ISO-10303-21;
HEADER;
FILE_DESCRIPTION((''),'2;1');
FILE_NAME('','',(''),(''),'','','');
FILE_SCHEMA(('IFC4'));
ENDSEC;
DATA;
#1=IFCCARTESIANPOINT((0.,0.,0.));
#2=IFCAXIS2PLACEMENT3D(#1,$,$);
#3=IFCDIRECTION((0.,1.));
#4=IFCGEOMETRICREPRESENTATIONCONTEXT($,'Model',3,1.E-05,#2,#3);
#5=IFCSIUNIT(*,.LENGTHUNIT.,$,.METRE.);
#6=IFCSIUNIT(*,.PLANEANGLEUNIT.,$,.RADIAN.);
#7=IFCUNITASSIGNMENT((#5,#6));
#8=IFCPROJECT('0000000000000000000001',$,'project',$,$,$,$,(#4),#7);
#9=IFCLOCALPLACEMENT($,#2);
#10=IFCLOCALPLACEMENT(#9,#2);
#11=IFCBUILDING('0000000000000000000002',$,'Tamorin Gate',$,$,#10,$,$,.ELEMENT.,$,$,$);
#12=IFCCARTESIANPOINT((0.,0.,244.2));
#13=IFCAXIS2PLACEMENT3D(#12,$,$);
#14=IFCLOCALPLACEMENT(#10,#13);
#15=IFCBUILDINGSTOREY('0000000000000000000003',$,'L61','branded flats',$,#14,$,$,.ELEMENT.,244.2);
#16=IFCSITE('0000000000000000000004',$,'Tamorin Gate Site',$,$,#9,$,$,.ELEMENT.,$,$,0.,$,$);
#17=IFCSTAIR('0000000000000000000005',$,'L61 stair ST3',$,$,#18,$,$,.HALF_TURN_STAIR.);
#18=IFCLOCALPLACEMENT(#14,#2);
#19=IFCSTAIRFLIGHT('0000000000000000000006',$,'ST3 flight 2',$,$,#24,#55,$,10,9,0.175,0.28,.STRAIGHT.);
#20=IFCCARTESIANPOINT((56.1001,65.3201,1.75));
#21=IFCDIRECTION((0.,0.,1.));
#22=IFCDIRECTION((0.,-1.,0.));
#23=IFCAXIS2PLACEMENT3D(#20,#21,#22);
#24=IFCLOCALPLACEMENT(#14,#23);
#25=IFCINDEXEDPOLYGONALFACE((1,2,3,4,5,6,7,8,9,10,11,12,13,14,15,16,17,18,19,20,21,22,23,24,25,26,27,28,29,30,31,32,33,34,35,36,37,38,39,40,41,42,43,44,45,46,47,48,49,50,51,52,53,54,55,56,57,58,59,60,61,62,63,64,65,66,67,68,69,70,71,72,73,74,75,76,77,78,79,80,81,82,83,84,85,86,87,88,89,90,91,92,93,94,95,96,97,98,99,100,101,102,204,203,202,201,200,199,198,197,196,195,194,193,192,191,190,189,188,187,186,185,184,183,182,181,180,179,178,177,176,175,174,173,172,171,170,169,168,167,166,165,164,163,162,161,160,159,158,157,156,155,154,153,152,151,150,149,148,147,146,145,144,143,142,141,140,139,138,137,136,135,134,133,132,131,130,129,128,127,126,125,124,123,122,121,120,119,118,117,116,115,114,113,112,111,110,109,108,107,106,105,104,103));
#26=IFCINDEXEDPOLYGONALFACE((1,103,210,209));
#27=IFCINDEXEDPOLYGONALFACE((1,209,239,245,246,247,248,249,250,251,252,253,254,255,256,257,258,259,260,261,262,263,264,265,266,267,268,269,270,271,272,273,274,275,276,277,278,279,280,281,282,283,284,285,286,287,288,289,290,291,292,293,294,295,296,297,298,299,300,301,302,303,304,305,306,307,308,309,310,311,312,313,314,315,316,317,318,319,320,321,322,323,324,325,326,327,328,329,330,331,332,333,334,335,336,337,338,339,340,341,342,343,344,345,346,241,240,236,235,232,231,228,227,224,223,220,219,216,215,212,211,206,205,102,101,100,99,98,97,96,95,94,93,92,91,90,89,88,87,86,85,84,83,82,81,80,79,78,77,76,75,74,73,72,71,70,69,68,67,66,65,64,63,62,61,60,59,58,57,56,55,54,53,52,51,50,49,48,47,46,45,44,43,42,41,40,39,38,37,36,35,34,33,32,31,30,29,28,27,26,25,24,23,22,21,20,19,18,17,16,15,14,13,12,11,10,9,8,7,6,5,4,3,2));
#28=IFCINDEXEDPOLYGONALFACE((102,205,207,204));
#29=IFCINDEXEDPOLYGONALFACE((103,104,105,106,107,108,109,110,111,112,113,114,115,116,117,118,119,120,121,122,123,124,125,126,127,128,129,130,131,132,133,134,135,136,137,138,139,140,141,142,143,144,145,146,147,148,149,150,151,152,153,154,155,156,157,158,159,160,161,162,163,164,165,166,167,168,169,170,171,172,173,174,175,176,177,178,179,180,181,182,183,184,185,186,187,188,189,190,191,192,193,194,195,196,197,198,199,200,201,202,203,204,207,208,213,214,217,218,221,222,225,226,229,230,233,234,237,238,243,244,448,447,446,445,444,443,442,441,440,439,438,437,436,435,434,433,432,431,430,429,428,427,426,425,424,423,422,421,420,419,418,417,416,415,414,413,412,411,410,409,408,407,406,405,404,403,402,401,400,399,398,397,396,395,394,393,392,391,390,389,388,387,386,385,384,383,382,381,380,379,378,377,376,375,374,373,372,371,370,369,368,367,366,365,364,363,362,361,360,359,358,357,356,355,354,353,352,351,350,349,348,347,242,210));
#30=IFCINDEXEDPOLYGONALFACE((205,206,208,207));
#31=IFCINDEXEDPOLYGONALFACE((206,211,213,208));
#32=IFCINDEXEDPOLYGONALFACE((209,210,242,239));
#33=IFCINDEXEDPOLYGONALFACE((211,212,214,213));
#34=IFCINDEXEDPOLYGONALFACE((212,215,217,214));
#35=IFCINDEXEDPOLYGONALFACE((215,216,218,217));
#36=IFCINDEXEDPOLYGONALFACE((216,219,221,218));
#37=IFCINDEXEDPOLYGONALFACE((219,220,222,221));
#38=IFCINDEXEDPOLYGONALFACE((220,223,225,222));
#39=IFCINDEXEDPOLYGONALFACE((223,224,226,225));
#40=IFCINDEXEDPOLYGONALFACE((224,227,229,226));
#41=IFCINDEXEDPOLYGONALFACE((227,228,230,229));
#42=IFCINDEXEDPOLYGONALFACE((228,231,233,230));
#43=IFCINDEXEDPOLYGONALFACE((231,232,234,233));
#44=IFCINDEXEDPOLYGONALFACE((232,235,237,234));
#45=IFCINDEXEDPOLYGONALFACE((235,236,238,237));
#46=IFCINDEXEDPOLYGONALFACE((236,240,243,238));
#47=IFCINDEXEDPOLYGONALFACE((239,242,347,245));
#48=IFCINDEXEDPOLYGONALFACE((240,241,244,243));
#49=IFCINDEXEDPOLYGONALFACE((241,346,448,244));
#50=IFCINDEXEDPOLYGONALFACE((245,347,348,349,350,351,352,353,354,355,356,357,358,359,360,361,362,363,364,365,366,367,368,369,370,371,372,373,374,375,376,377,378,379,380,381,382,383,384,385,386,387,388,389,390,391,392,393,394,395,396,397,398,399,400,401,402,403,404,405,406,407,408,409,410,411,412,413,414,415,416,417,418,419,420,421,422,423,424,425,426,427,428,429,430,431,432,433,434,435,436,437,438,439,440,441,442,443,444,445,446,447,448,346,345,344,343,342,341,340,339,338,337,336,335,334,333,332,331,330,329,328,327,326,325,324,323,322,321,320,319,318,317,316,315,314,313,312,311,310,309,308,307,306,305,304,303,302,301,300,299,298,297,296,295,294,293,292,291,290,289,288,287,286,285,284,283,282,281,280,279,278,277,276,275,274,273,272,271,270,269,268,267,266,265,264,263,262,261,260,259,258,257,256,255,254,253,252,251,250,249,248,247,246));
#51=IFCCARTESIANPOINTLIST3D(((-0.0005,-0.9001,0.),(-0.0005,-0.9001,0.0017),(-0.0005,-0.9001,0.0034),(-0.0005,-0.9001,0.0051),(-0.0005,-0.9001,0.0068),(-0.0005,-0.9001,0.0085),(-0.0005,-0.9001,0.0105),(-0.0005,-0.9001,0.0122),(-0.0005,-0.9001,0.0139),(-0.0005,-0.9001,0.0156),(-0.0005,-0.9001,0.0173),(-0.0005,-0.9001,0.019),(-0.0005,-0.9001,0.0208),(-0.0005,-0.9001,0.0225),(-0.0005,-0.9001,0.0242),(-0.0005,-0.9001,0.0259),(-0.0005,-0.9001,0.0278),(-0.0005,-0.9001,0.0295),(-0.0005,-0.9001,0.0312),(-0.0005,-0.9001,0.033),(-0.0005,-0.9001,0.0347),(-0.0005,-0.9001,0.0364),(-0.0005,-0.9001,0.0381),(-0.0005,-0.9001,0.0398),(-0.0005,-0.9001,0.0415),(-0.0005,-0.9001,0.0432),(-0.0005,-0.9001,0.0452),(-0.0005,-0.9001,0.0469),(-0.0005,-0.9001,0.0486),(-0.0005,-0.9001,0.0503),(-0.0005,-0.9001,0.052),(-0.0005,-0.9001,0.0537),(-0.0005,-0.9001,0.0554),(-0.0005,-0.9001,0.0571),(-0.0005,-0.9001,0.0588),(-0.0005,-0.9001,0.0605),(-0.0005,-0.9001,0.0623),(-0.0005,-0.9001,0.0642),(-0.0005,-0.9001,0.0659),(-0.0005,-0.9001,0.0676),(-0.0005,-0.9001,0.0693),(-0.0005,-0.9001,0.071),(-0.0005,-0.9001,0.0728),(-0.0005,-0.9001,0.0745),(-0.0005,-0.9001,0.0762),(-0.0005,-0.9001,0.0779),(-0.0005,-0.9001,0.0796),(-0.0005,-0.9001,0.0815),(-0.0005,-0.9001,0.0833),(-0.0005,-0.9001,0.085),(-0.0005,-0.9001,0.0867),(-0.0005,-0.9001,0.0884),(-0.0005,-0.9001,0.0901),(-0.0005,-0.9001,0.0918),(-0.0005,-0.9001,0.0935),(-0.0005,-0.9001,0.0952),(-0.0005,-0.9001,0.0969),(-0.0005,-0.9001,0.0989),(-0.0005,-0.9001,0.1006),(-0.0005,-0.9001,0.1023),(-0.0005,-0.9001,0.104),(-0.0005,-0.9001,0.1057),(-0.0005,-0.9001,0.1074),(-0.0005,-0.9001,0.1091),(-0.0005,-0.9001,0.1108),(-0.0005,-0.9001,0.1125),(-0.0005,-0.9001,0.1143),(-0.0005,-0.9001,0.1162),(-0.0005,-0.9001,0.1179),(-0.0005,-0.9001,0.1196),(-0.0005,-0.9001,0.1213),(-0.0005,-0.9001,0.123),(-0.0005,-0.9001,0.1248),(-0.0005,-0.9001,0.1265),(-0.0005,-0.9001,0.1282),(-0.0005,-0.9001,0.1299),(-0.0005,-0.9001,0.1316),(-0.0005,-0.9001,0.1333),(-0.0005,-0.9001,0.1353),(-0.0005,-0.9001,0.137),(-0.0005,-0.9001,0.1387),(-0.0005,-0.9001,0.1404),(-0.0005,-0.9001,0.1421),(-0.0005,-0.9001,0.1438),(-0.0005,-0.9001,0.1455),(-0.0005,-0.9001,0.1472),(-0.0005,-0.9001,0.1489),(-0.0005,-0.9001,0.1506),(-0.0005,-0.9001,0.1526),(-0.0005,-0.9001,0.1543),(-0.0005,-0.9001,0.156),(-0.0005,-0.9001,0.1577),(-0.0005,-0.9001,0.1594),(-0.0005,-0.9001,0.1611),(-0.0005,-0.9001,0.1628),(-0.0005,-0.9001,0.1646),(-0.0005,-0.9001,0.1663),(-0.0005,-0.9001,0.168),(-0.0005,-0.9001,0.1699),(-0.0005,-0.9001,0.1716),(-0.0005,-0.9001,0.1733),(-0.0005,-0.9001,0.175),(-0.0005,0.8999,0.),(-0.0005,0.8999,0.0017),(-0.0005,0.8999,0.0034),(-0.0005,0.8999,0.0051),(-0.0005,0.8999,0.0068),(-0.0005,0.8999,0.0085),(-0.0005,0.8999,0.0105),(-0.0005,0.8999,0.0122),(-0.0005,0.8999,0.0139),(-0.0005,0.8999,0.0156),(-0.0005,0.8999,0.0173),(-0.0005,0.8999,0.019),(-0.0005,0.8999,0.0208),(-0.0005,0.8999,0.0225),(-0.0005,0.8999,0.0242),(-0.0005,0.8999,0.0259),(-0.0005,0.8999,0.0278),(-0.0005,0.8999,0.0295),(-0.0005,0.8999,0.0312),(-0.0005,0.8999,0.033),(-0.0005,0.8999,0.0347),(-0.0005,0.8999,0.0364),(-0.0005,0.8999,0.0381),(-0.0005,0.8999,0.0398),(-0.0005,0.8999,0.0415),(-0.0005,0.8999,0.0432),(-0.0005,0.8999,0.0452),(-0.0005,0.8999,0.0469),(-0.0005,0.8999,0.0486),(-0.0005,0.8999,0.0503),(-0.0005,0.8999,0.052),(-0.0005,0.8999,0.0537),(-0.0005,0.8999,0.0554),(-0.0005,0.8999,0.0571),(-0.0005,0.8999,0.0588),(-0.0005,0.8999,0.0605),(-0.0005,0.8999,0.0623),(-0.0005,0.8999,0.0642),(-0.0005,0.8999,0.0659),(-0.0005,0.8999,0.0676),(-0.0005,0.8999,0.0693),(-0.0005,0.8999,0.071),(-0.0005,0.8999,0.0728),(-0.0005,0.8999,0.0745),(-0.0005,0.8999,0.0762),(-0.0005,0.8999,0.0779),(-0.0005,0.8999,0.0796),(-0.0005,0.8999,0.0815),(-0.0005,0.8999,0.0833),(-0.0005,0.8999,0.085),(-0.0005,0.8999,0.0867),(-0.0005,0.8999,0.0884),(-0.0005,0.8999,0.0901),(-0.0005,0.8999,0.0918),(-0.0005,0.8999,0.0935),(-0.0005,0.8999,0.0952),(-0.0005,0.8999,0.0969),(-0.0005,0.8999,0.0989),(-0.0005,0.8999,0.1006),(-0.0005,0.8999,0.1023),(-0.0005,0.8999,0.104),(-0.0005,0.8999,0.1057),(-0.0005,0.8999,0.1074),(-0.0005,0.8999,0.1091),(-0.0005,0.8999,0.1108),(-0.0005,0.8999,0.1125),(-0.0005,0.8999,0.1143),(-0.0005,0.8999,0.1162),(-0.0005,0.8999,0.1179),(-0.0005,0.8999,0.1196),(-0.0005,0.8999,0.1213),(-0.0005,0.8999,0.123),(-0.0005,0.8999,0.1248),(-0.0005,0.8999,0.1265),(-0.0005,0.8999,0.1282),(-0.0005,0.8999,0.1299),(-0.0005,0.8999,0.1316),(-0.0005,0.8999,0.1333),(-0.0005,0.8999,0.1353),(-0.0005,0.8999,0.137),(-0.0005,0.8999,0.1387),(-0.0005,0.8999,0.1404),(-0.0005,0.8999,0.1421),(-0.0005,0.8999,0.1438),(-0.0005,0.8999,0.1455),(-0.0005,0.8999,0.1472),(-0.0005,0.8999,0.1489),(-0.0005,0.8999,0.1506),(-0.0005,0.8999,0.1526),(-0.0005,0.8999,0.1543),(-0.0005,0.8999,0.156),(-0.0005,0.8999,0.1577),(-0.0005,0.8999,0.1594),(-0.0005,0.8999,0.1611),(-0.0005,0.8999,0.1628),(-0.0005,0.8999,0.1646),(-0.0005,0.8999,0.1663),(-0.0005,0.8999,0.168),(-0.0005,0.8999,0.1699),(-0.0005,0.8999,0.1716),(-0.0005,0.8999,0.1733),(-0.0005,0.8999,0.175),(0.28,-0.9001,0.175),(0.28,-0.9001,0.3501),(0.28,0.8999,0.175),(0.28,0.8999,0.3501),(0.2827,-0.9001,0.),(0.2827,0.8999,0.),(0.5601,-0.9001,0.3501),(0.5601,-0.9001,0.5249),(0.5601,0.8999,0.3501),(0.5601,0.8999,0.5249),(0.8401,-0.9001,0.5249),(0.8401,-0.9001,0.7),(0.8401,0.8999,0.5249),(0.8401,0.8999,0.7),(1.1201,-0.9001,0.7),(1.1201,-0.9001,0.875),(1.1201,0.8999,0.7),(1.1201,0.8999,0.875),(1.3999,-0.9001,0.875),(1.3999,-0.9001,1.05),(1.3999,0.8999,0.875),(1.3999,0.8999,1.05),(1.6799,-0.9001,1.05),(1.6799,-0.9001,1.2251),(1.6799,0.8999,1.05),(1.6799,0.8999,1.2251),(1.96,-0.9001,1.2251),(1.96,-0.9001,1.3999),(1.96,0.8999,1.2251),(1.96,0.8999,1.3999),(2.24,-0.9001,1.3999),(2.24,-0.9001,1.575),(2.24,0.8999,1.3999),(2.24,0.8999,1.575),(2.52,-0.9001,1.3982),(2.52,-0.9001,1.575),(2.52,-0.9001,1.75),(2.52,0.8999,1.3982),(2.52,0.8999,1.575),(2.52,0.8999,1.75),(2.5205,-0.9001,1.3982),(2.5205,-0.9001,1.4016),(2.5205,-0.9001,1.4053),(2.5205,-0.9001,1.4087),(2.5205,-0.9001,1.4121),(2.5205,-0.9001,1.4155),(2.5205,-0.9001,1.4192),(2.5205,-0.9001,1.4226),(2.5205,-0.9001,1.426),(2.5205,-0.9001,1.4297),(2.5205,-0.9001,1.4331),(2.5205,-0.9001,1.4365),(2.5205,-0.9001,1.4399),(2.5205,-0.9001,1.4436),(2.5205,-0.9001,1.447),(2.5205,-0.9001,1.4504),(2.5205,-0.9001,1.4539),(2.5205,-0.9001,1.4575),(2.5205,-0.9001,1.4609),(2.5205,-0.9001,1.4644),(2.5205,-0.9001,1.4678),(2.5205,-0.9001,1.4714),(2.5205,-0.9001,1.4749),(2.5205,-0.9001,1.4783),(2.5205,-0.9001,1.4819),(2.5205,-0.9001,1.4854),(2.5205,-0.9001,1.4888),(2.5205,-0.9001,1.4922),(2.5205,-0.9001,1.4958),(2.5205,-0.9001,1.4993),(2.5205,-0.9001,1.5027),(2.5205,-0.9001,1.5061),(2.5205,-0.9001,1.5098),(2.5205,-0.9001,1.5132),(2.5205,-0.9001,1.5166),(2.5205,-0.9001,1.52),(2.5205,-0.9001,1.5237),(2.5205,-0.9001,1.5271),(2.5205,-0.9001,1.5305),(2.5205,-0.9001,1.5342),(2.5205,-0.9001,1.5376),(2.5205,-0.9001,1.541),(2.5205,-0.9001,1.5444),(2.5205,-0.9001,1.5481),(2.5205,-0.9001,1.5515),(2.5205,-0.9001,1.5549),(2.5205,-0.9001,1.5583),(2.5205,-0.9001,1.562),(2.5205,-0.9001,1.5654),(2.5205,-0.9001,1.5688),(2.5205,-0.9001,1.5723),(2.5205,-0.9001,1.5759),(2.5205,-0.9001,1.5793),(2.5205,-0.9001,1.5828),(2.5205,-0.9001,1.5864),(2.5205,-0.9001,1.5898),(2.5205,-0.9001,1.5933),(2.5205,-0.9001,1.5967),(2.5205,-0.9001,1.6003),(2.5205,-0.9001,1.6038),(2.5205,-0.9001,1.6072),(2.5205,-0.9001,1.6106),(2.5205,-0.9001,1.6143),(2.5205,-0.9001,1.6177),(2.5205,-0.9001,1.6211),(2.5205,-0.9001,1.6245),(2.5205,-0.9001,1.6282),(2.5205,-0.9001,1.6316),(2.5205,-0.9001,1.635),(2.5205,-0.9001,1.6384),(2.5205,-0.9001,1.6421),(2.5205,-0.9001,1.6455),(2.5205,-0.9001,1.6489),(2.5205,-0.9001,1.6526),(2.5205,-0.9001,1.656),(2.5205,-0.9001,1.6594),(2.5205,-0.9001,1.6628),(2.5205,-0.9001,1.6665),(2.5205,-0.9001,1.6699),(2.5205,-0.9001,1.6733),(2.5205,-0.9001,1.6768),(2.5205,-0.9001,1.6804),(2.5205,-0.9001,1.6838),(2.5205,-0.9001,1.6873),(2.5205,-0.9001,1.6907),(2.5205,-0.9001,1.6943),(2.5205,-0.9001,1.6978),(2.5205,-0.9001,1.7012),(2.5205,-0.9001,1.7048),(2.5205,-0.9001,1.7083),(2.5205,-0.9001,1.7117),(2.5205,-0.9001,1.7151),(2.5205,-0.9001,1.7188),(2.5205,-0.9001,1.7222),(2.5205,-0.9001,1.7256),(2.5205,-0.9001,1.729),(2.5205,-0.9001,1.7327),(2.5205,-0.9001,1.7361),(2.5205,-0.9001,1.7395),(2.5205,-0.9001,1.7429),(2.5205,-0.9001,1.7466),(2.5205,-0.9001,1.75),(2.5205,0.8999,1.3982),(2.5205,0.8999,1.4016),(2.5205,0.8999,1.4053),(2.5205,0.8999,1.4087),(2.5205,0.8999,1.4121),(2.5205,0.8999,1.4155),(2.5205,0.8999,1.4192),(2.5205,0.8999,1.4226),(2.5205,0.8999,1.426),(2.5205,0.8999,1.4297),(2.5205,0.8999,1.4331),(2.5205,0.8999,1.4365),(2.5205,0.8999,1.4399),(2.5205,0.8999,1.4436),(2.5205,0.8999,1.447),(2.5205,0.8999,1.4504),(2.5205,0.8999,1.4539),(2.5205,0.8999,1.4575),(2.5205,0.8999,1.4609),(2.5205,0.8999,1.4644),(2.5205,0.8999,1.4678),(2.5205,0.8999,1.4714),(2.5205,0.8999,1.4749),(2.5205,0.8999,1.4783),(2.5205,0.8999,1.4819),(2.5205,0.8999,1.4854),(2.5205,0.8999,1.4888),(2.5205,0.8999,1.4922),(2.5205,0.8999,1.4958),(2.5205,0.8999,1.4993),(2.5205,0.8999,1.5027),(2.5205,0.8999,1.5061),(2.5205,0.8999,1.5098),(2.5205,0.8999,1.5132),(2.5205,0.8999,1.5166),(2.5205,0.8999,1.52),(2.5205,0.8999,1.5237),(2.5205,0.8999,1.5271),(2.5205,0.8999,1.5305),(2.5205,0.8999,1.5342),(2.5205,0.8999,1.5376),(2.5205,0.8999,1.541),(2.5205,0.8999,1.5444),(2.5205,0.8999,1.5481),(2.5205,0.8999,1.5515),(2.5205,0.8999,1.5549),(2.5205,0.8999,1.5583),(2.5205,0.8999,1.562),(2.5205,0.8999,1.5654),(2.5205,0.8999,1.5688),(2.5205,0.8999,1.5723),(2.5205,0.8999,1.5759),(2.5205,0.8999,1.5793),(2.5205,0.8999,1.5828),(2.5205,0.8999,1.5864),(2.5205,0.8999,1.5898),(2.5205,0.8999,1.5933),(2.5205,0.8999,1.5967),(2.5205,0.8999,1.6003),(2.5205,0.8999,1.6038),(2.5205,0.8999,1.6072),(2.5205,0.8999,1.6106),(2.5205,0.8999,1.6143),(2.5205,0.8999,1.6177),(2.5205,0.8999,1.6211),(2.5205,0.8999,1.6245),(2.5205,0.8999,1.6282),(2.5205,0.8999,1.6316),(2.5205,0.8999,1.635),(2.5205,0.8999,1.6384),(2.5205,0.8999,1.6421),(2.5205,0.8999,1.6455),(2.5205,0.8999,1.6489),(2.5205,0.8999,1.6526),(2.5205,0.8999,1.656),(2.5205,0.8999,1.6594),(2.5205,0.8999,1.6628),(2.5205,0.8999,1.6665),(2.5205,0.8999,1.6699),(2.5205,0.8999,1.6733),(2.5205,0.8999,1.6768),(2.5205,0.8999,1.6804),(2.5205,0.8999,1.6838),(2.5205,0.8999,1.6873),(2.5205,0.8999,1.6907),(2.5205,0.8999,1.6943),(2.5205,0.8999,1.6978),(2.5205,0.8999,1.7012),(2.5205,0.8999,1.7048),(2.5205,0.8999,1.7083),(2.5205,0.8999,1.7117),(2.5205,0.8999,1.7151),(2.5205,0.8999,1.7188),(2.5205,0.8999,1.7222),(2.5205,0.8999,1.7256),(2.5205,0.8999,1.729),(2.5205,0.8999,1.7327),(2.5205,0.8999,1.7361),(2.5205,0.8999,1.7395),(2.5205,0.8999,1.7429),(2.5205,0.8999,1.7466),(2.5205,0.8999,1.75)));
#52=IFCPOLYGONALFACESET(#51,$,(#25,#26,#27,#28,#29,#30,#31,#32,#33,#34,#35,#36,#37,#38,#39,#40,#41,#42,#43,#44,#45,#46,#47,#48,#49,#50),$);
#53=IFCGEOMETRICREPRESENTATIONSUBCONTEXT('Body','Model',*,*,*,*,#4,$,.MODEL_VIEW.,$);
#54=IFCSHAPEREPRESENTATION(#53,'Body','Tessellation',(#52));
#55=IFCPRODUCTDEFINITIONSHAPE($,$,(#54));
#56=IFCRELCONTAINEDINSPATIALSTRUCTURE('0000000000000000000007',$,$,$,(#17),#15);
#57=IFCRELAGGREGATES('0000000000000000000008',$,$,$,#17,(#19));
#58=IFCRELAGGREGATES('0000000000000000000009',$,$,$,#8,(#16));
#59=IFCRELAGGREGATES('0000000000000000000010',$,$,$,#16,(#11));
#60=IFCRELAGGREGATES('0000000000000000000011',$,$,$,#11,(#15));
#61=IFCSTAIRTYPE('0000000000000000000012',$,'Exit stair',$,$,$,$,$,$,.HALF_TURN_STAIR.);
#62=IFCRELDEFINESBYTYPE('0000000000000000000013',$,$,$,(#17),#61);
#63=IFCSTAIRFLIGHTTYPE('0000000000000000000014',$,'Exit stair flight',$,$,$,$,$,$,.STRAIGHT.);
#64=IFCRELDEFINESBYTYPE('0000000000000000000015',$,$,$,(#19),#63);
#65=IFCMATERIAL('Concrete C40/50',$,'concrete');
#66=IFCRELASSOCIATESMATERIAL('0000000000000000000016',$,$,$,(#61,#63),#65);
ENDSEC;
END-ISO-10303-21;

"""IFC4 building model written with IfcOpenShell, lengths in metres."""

from ifc_helpers import new_model, si_unit, direction, frame, origin, place, context, subcontext, project, spatial, polyline, outline, extrude, material, type_object, element, aggregate, save


model = new_model("IFC4")

# Units and contexts
model_context = context("Model", 3, precision=1e-05, world=origin(), true_north=direction((0.0, 1.0)))
body_context = subcontext(model_context, "Body", "Model", "MODEL_VIEW")
ifc_project = project(units=[si_unit("LENGTHUNIT", "METRE"), si_unit("PLANEANGLEUNIT", "RADIAN")], contexts=[model_context])

# Site, building, storey
site_placement = place(None, origin())
site = spatial("IfcSite", under=ifc_project, at=site_placement, Name="Tamorin Gate Site", CompositionType="ELEMENT", RefElevation=0.0)
building_placement = place(site_placement, origin())
building = spatial("IfcBuilding", under=site, at=building_placement, Name="Tamorin Gate", CompositionType="ELEMENT")
storey_placement = place(building_placement, frame((0.0, 0.0, 244.2)))
storey = spatial("IfcBuildingStorey", under=building, at=storey_placement, Name="L61", Description="branded flats", CompositionType="ELEMENT", Elevation=244.2)

# Stair, stair flight
ifc_material_1 = material(Name="Concrete C40/50", Category="concrete")
stair_type = type_object("IfcStairType", Name="Exit stair", PredefinedType="HALF_TURN_STAIR", material=ifc_material_1)
stair_placement = place(storey_placement, origin())
stair = element("IfcStair", 1, at=stair_placement, inside=storey, type_object=stair_type, Name="L61 stair ST3", PredefinedType="HALF_TURN_STAIR")
stair_flight_type = type_object("IfcStairFlightType", Name="Exit stair flight", PredefinedType="STRAIGHT", material=ifc_material_1)
stair_flight_1_placement = place(storey_placement, frame((56.1001, 65.3201, 1.75), z_axis=(0.0, 0.0, 1.0), x_axis=(0.0, -1.0, 0.0)))
stair_flight_1 = element("IfcStairFlight", 2, at=stair_flight_1_placement, type_object=stair_flight_type, Name="ST3 flight 2", NumberOfRisers=10, NumberOfTreads=9, PredefinedType="STRAIGHT", RiserHeight=0.175, TreadLength=0.28, context=body_context, shape_type="SweptSolid", body=[
    extrude(outline(polyline([(-0.0005, 0.0), (-0.0005, 0.0017), (-0.0005, 0.0034), (-0.0005, 0.0051), (-0.0005, 0.0068), (-0.0005, 0.0085), (-0.0005, 0.0105), (-0.0005, 0.0122), (-0.0005, 0.0139), (-0.0005, 0.0156), (-0.0005, 0.0173), (-0.0005, 0.019), (-0.0005, 0.0208), (-0.0005, 0.0225), (-0.0005, 0.0242), (-0.0005, 0.0259), (-0.0005, 0.0278), (-0.0005, 0.0295), (-0.0005, 0.0312), (-0.0005, 0.033), (-0.0005, 0.0347), (-0.0005, 0.0364), (-0.0005, 0.0381), (-0.0005, 0.0398), (-0.0005, 0.0415), (-0.0005, 0.0432), (-0.0005, 0.0452), (-0.0005, 0.0469), (-0.0005, 0.0486), (-0.0005, 0.0503), (-0.0005, 0.052), (-0.0005, 0.0537), (-0.0005, 0.0554), (-0.0005, 0.0571), (-0.0005, 0.0588), (-0.0005, 0.0605), (-0.0005, 0.0623), (-0.0005, 0.0642), (-0.0005, 0.0659), (-0.0005, 0.0676), (-0.0005, 0.0693), (-0.0005, 0.071), (-0.0005, 0.0728), (-0.0005, 0.0745), (-0.0005, 0.0762), (-0.0005, 0.0779), (-0.0005, 0.0796), (-0.0005, 0.0815), (-0.0005, 0.0833), (-0.0005, 0.085), (-0.0005, 0.0867), (-0.0005, 0.0884), (-0.0005, 0.0901), (-0.0005, 0.0918), (-0.0005, 0.0935), (-0.0005, 0.0952), (-0.0005, 0.0969), (-0.0005, 0.0989), (-0.0005, 0.1006), (-0.0005, 0.1023), (-0.0005, 0.104), (-0.0005, 0.1057), (-0.0005, 0.1074), (-0.0005, 0.1091), (-0.0005, 0.1108), (-0.0005, 0.1125), (-0.0005, 0.1143), (-0.0005, 0.1162), (-0.0005, 0.1179), (-0.0005, 0.1196), (-0.0005, 0.1213), (-0.0005, 0.123), (-0.0005, 0.1248), (-0.0005, 0.1265), (-0.0005, 0.1282), (-0.0005, 0.1299), (-0.0005, 0.1316), (-0.0005, 0.1333), (-0.0005, 0.1353), (-0.0005, 0.137), (-0.0005, 0.1387), (-0.0005, 0.1404), (-0.0005, 0.1421), (-0.0005, 0.1438), (-0.0005, 0.1455), (-0.0005, 0.1472), (-0.0005, 0.1489), (-0.0005, 0.1506), (-0.0005, 0.1526), (-0.0005, 0.1543), (-0.0005, 0.156), (-0.0005, 0.1577), (-0.0005, 0.1594), (-0.0005, 0.1611), (-0.0005, 0.1628), (-0.0005, 0.1646), (-0.0005, 0.1663), (-0.0005, 0.168), (-0.0005, 0.1699), (-0.0005, 0.1716), (-0.0005, 0.1733), (-0.0005, 0.175), (0.28, 0.175), (0.28, 0.3501), (0.5601, 0.3501), (0.5601, 0.5249), (0.8401, 0.5249), (0.8401, 0.7), (1.1201, 0.7), (1.1201, 0.875), (1.3999, 0.875), (1.3999, 1.05), (1.6799, 1.05), (1.6799, 1.2251), (1.96, 1.2251), (1.96, 1.3999), (2.24, 1.3999), (2.24, 1.575), (2.52, 1.575), (2.52, 1.75), (2.5205, 1.75), (2.5205, 1.7466), (2.5205, 1.7429), (2.5205, 1.7395), (2.5205, 1.7361), (2.5205, 1.7327), (2.5205, 1.729), (2.5205, 1.7256), (2.5205, 1.7222), (2.5205, 1.7188), (2.5205, 1.7151), (2.5205, 1.7117), (2.5205, 1.7083), (2.5205, 1.7048), (2.5205, 1.7012), (2.5205, 1.6978), (2.5205, 1.6943), (2.5205, 1.6907), (2.5205, 1.6873), (2.5205, 1.6838), (2.5205, 1.6804), (2.5205, 1.6768), (2.5205, 1.6733), (2.5205, 1.6699), (2.5205, 1.6665), (2.5205, 1.6628), (2.5205, 1.6594), (2.5205, 1.656), (2.5205, 1.6526), (2.5205, 1.6489), (2.5205, 1.6455), (2.5205, 1.6421), (2.5205, 1.6384), (2.5205, 1.635), (2.5205, 1.6316), (2.5205, 1.6282), (2.5205, 1.6245), (2.5205, 1.6211), (2.5205, 1.6177), (2.5205, 1.6143), (2.5205, 1.6106), (2.5205, 1.6072), (2.5205, 1.6038), (2.5205, 1.6003), (2.5205, 1.5967), (2.5205, 1.5933), (2.5205, 1.5898), (2.5205, 1.5864), (2.5205, 1.5828), (2.5205, 1.5793), (2.5205, 1.5759), (2.5205, 1.5723), (2.5205, 1.5688), (2.5205, 1.5654), (2.5205, 1.562), (2.5205, 1.5583), (2.5205, 1.5549), (2.5205, 1.5515), (2.5205, 1.5481), (2.5205, 1.5444), (2.5205, 1.541), (2.5205, 1.5376), (2.5205, 1.5342), (2.5205, 1.5305), (2.5205, 1.5271), (2.5205, 1.5237), (2.5205, 1.52), (2.5205, 1.5166), (2.5205, 1.5132), (2.5205, 1.5098), (2.5205, 1.5061), (2.5205, 1.5027), (2.5205, 1.4993), (2.5205, 1.4958), (2.5205, 1.4922), (2.5205, 1.4888), (2.5205, 1.4854), (2.5205, 1.4819), (2.5205, 1.4783), (2.5205, 1.4749), (2.5205, 1.4714), (2.5205, 1.4678), (2.5205, 1.4644), (2.5205, 1.4609), (2.5205, 1.4575), (2.5205, 1.4539), (2.5205, 1.4504), (2.5205, 1.447), (2.5205, 1.4436), (2.5205, 1.4399), (2.5205, 1.4365), (2.5205, 1.4331), (2.5205, 1.4297), (2.5205, 1.426), (2.5205, 1.4226), (2.5205, 1.4192), (2.5205, 1.4155), (2.5205, 1.4121), (2.5205, 1.4087), (2.5205, 1.4053), (2.5205, 1.4016), (2.5205, 1.3982), (2.52, 1.3982), (0.2827, 0.0), (-0.0005, 0.0)])), frame((0.0, 0.8999, 0.0), z_axis=(0.0, -1.0, 0.0), x_axis=(1.0, 0.0, 0.0)), (0.0, 0.0, 1.0), 1.8),
])
aggregate(stair, [stair_flight_1])

save(model, "model.ifc")
